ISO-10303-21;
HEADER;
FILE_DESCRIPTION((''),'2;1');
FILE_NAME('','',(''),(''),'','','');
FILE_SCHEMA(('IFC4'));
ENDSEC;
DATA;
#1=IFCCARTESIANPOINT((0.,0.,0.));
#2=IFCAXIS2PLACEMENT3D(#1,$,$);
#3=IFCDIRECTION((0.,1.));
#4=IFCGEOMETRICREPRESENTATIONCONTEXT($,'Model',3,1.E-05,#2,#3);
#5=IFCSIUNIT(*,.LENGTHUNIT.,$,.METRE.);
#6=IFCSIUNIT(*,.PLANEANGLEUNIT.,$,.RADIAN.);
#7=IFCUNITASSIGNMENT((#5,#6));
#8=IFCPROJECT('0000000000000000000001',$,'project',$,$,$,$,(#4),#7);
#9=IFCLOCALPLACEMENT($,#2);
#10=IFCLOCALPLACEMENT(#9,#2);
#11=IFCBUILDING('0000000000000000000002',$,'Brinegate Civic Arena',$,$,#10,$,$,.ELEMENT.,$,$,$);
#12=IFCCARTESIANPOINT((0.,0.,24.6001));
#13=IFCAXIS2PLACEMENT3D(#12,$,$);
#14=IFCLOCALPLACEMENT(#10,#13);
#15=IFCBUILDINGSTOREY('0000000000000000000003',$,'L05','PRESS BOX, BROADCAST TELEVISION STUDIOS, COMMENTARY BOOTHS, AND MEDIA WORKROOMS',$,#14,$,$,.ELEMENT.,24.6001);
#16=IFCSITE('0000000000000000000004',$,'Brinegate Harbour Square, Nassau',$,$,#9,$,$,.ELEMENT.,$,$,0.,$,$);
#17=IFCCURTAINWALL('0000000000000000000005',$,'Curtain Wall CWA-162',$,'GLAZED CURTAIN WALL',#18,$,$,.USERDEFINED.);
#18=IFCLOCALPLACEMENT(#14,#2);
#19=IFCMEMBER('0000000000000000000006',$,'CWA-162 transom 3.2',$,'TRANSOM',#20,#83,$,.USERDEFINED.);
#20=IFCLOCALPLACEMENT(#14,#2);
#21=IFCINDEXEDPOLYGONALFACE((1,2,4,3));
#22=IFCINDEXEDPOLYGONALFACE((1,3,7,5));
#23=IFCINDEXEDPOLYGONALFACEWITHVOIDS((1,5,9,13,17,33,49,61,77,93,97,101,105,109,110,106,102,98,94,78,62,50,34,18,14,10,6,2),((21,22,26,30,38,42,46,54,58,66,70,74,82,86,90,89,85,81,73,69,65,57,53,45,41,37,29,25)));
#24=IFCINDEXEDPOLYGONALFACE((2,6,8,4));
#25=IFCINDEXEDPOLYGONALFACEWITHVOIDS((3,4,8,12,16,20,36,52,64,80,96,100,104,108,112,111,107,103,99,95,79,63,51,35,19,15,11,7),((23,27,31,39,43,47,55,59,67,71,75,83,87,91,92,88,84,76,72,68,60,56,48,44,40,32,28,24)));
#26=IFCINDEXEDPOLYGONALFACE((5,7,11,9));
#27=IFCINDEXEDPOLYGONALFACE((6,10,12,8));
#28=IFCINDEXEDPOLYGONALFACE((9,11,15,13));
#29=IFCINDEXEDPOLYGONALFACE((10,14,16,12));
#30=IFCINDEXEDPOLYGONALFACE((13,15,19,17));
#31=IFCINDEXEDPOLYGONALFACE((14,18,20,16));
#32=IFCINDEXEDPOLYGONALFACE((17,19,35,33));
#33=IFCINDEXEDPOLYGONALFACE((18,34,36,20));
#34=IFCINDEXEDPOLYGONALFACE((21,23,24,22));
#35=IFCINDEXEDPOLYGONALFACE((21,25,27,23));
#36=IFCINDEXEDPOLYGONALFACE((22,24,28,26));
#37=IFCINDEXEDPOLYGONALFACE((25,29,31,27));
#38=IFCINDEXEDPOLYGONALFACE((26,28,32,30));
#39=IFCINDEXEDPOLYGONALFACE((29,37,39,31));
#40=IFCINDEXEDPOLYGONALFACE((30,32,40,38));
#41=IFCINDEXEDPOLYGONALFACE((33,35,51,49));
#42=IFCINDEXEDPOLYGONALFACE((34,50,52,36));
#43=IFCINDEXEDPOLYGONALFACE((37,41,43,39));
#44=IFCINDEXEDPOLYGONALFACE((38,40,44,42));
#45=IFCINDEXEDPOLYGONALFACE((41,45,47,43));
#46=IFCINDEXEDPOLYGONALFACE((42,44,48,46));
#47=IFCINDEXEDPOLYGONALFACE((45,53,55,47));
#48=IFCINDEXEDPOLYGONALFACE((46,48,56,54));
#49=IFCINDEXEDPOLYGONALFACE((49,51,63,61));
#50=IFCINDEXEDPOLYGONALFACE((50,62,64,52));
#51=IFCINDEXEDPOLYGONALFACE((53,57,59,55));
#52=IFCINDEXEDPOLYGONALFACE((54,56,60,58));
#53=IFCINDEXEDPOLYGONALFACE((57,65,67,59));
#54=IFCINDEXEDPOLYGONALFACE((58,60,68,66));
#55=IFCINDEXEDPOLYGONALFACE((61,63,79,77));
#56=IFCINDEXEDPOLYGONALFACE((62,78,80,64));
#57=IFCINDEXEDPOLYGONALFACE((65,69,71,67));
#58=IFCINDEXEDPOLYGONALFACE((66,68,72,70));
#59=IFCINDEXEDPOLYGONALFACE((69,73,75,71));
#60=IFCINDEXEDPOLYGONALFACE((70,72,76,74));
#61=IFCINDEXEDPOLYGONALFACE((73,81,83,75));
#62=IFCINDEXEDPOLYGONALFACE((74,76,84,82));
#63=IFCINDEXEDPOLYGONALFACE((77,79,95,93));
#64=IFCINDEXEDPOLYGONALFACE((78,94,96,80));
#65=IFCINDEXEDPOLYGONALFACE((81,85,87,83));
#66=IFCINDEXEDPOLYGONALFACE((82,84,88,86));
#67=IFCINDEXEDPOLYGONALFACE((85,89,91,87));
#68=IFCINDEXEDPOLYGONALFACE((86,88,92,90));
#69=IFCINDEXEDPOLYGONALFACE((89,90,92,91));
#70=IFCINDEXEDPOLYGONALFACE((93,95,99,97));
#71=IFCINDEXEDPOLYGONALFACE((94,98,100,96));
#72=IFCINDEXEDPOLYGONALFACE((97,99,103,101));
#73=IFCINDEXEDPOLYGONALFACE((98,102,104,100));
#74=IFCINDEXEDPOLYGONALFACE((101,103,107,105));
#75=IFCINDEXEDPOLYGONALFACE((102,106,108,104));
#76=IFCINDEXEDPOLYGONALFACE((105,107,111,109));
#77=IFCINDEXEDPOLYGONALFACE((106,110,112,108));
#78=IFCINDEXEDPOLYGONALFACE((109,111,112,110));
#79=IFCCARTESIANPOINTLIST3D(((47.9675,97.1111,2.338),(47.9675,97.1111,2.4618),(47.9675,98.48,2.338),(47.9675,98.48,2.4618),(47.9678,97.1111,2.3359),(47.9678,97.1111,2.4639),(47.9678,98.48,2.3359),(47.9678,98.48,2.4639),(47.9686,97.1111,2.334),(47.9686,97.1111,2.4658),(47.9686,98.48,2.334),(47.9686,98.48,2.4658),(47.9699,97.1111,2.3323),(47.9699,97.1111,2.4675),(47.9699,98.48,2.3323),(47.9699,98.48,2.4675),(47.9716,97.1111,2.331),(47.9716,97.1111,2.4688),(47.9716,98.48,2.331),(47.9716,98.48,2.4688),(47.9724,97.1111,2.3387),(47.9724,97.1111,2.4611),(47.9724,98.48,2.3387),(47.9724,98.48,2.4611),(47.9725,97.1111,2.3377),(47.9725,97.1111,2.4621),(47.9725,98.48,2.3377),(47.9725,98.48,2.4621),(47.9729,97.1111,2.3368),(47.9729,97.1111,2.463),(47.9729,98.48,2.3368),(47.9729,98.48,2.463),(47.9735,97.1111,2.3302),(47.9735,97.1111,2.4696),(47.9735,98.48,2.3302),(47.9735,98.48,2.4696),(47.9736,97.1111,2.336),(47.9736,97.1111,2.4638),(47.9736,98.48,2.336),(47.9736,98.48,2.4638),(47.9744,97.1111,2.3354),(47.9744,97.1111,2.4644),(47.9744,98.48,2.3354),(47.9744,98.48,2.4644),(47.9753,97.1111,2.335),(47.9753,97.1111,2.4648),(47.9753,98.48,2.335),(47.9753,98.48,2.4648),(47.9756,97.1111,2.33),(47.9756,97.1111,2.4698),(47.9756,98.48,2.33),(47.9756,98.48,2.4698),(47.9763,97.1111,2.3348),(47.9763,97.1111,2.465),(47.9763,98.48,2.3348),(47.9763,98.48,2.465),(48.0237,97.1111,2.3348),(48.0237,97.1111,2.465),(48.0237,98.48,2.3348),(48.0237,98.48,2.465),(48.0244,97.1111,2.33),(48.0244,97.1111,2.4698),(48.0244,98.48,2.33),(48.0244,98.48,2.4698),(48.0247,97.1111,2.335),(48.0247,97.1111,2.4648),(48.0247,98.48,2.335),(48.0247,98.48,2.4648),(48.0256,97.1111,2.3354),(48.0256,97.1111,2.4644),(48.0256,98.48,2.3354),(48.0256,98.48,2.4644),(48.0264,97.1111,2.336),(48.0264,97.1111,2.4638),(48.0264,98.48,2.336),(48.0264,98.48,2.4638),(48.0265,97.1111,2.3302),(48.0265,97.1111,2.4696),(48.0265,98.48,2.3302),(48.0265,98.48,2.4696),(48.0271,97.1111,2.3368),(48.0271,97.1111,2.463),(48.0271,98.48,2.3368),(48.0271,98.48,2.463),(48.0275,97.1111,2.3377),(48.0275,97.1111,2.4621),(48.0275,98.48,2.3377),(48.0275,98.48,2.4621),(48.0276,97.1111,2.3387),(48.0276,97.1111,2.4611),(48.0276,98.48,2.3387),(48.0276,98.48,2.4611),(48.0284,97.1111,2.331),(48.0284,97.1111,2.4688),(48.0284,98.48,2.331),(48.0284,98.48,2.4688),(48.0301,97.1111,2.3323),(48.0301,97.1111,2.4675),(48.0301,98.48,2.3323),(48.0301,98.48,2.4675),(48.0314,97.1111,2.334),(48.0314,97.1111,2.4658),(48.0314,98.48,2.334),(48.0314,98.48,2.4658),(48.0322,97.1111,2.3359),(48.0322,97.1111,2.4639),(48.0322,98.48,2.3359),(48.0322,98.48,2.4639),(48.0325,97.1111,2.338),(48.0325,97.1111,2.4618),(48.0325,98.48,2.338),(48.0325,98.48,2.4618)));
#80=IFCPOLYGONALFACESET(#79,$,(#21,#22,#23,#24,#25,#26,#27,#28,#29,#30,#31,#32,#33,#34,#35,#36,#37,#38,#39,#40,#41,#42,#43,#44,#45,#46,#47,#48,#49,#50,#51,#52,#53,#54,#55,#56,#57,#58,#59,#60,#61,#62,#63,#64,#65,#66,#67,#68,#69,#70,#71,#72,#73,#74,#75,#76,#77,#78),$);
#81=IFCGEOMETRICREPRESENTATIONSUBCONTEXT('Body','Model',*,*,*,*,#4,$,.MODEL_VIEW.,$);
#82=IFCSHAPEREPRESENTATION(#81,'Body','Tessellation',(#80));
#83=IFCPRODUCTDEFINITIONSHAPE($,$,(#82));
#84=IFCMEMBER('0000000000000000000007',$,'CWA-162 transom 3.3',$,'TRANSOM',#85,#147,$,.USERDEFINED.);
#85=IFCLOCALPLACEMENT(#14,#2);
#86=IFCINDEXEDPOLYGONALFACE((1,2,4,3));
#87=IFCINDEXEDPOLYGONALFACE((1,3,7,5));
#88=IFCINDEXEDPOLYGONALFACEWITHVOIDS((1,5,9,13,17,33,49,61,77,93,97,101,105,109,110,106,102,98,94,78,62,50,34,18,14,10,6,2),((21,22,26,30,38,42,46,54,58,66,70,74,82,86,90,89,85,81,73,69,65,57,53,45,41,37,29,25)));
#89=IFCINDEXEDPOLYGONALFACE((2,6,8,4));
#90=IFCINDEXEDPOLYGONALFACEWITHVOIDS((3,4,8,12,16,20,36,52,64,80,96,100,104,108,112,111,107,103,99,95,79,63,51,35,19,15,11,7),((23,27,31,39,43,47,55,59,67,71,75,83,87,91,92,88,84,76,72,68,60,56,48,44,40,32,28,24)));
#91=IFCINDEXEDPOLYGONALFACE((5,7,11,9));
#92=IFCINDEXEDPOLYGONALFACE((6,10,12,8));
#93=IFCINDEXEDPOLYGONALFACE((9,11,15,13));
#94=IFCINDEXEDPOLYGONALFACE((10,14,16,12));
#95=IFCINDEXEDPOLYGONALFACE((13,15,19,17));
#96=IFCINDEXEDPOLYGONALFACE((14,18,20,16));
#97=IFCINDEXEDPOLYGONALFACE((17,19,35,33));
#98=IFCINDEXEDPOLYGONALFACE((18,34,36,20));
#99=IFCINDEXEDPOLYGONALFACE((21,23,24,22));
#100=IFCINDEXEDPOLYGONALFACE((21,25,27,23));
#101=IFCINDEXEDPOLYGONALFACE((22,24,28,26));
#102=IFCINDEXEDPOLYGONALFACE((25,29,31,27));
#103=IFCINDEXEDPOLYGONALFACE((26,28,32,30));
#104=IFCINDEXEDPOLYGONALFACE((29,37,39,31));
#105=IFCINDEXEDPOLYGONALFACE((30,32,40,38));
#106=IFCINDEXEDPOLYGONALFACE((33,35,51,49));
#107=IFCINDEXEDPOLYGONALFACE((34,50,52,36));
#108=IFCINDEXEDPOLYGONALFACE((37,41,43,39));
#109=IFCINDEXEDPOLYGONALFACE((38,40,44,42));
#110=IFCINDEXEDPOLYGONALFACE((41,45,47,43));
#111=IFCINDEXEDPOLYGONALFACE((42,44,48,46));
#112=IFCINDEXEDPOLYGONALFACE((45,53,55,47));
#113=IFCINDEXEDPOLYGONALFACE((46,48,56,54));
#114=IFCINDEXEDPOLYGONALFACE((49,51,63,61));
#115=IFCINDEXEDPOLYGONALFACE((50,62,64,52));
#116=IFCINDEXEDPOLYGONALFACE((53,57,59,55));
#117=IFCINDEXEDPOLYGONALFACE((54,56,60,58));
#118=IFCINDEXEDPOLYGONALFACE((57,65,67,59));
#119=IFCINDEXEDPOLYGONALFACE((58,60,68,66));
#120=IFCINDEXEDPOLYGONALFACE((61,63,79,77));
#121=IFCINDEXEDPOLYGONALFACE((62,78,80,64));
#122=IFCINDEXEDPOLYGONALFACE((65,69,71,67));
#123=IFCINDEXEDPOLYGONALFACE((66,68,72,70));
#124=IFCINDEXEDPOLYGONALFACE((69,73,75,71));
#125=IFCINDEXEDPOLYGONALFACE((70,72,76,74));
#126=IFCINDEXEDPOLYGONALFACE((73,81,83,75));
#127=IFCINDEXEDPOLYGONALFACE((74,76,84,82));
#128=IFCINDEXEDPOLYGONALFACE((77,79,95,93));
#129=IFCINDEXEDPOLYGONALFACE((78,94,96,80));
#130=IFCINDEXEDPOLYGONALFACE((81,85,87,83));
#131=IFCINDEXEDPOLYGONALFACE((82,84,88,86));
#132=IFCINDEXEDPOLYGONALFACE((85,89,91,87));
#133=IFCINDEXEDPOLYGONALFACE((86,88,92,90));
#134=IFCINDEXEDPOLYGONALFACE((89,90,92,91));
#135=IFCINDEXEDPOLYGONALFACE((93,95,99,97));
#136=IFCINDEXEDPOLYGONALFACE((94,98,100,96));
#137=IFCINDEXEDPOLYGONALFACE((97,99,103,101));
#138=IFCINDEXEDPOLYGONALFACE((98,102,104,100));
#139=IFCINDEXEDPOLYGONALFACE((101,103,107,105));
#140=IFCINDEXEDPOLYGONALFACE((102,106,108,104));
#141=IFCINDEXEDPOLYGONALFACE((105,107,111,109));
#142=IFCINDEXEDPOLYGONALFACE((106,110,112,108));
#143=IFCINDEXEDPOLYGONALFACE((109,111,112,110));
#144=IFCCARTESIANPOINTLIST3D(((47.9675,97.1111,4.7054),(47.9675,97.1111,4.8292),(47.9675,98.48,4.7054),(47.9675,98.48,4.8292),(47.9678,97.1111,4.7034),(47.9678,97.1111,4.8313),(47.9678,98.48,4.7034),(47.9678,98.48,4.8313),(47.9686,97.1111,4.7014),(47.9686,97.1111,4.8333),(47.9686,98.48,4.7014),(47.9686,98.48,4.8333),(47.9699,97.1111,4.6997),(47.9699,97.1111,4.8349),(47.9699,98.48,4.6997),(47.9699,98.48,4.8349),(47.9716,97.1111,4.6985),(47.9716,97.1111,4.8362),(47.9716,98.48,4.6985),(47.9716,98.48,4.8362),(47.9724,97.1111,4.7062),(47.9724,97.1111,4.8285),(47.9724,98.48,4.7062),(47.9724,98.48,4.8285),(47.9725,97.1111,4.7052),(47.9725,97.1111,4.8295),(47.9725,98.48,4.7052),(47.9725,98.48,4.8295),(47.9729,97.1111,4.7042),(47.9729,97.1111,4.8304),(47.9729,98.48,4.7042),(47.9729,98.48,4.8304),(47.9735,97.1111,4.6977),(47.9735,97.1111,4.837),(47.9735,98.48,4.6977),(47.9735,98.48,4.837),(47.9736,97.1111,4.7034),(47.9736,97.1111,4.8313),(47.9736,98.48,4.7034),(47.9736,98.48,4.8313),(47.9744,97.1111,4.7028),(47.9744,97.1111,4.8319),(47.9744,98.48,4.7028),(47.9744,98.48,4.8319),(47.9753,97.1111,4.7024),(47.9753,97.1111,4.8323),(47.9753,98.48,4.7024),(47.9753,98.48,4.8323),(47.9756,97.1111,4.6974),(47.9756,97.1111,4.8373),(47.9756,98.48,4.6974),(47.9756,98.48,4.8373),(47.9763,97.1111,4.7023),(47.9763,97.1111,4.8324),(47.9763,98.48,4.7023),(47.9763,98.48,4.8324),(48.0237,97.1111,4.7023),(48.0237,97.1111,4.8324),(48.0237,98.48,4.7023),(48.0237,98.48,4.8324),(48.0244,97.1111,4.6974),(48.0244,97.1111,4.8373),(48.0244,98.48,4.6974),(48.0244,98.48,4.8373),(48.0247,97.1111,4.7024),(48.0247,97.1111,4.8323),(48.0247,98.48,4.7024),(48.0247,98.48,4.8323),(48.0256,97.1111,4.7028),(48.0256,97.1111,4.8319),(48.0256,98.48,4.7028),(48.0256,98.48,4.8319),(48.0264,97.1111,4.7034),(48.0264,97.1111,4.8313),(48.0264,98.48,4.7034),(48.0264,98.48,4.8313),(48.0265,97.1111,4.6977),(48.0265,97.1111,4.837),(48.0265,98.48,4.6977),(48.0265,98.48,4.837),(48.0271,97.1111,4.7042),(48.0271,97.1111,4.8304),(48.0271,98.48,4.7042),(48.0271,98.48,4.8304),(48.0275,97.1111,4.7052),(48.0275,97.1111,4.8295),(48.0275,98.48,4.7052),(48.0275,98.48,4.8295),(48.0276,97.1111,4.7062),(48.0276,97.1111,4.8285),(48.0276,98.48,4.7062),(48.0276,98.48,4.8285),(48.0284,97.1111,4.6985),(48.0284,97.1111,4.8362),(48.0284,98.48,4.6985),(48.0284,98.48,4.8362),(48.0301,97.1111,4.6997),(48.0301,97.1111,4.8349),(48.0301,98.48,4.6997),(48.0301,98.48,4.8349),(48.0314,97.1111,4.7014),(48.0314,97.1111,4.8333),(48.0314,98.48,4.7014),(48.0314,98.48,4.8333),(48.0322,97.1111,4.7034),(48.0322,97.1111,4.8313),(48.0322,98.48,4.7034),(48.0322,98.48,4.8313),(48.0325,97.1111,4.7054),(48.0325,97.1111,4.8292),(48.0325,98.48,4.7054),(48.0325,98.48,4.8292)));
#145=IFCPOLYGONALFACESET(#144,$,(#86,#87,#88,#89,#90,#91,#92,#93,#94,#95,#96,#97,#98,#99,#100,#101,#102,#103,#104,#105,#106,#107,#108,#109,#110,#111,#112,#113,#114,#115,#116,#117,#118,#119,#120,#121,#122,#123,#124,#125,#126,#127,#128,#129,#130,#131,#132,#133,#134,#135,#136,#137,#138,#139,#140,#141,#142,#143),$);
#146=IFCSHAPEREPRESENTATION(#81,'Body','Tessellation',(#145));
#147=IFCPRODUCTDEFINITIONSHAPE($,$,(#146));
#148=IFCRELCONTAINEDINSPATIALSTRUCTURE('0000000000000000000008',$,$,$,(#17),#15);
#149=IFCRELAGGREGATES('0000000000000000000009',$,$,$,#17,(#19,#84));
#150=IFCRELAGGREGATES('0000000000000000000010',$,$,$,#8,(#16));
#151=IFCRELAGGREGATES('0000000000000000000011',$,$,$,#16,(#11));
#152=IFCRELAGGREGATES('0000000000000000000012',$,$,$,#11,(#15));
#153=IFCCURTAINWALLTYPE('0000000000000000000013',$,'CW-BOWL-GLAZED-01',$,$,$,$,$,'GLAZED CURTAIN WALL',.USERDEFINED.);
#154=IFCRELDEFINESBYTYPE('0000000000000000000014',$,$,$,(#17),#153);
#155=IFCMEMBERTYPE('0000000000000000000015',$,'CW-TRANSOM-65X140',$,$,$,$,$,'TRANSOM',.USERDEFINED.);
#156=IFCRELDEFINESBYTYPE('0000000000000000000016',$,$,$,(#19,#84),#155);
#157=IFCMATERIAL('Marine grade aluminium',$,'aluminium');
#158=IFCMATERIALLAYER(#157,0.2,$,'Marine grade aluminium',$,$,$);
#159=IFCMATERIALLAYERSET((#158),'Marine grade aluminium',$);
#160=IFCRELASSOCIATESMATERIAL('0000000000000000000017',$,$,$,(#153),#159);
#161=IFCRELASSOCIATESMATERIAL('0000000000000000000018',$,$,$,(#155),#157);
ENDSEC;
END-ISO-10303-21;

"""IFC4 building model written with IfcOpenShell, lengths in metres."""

from ifc_helpers import new_model, si_unit, direction, frame, origin, origin_2d, place, context, subcontext, project, spatial, hollow_rectangle, extrude, material, layer, layer_set, material_profile, profile_set, type_object, element, aggregate, save


model = new_model("IFC4")

# Units and contexts
model_context = context("Model", 3, precision=1e-05, world=origin(), true_north=direction((0.0, 1.0)))
body_context = subcontext(model_context, "Body", "Model", "MODEL_VIEW")
ifc_project = project(units=[si_unit("LENGTHUNIT", "METRE"), si_unit("PLANEANGLEUNIT", "RADIAN")], contexts=[model_context])

# Site, building, storey
site_placement = place(None, origin())
site = spatial("IfcSite", under=ifc_project, at=site_placement, Name="Brinegate Harbour Square, Nassau", CompositionType="ELEMENT", RefElevation=0.0)
building_placement = place(site_placement, origin())
building = spatial("IfcBuilding", under=site, at=building_placement, Name="Brinegate Civic Arena", CompositionType="ELEMENT")
storey_placement = place(building_placement, frame((0.0, 0.0, 24.6001)))
storey = spatial("IfcBuildingStorey", under=building, at=storey_placement, Name="L05", Description="PRESS BOX, BROADCAST TELEVISION STUDIOS, COMMENTARY BOOTHS, AND MEDIA WORKROOMS", CompositionType="ELEMENT", Elevation=24.6001)

# Curtain wall, members
ifc_material_1 = material(Name="Marine grade aluminium", Category="aluminium")
ifc_layer_1 = layer(ifc_material_1, 0.2, Name="Marine grade aluminium")
ifc_layer_set_1 = layer_set([ifc_layer_1], Name="Marine grade aluminium")
curtain_wall_type = type_object("IfcCurtainWallType", Name="CW-BOWL-GLAZED-01", ElementType="GLAZED CURTAIN WALL", PredefinedType="USERDEFINED", material=ifc_layer_set_1)
curtain_wall_placement = place(storey_placement, origin())
curtain_wall = element("IfcCurtainWall", 1, at=curtain_wall_placement, inside=storey, type_object=curtain_wall_type, Name="Curtain Wall CWA-162", ObjectType="GLAZED CURTAIN WALL", PredefinedType="USERDEFINED")
ifc_material_profile_1 = material_profile(ifc_material_1, hollow_rectangle(XDim=0.0649, YDim=0.1399, WallThickness=0.0049, InnerFilletRadius=0.0039, OuterFilletRadius=0.0081, at=origin_2d()), Name="TRN65X140")
ifc_profile_set_1 = profile_set([ifc_material_profile_1], Name="Marine grade aluminium")
member_type_1 = type_object("IfcMemberType", Name="CW-TRANSOM-65X140", ElementType="TRANSOM", PredefinedType="USERDEFINED", material=ifc_profile_set_1)
member_1_placement = place(storey_placement, frame((48.0, 97.1111, 2.3999), z_axis=(0.0, 1.0, 0.0), x_axis=(-1.0, 0.0, 0.0)))
member_1 = element("IfcMember", 2, at=member_1_placement, type_object=member_type_1, Name="CWA-162 transom 3.2", ObjectType="TRANSOM", PredefinedType="USERDEFINED", context=body_context, shape_type="SweptSolid", body=[
    extrude(hollow_rectangle(XDim=0.0649, YDim=0.1399, WallThickness=0.0049, InnerFilletRadius=0.0039, OuterFilletRadius=0.0081, at=origin_2d()), origin(), (0.0, 0.0, 1.0), 1.3689),
])
member_2_placement = place(storey_placement, frame((48.0, 97.1111, 4.7673), z_axis=(0.0, 1.0, 0.0), x_axis=(-1.0, 0.0, 0.0)))
member_2 = element("IfcMember", 3, at=member_2_placement, type_object=member_type_1, Name="CWA-162 transom 3.3", ObjectType="TRANSOM", PredefinedType="USERDEFINED", context=body_context, shape_type="SweptSolid", body=[
    extrude(hollow_rectangle(XDim=0.0649, YDim=0.1399, WallThickness=0.0049, InnerFilletRadius=0.0039, OuterFilletRadius=0.0081, at=origin_2d()), origin(), (0.0, 0.0, 1.0), 1.3689),
])

aggregate(curtain_wall, [member_1, member_2])

save(model, "model.ifc")
